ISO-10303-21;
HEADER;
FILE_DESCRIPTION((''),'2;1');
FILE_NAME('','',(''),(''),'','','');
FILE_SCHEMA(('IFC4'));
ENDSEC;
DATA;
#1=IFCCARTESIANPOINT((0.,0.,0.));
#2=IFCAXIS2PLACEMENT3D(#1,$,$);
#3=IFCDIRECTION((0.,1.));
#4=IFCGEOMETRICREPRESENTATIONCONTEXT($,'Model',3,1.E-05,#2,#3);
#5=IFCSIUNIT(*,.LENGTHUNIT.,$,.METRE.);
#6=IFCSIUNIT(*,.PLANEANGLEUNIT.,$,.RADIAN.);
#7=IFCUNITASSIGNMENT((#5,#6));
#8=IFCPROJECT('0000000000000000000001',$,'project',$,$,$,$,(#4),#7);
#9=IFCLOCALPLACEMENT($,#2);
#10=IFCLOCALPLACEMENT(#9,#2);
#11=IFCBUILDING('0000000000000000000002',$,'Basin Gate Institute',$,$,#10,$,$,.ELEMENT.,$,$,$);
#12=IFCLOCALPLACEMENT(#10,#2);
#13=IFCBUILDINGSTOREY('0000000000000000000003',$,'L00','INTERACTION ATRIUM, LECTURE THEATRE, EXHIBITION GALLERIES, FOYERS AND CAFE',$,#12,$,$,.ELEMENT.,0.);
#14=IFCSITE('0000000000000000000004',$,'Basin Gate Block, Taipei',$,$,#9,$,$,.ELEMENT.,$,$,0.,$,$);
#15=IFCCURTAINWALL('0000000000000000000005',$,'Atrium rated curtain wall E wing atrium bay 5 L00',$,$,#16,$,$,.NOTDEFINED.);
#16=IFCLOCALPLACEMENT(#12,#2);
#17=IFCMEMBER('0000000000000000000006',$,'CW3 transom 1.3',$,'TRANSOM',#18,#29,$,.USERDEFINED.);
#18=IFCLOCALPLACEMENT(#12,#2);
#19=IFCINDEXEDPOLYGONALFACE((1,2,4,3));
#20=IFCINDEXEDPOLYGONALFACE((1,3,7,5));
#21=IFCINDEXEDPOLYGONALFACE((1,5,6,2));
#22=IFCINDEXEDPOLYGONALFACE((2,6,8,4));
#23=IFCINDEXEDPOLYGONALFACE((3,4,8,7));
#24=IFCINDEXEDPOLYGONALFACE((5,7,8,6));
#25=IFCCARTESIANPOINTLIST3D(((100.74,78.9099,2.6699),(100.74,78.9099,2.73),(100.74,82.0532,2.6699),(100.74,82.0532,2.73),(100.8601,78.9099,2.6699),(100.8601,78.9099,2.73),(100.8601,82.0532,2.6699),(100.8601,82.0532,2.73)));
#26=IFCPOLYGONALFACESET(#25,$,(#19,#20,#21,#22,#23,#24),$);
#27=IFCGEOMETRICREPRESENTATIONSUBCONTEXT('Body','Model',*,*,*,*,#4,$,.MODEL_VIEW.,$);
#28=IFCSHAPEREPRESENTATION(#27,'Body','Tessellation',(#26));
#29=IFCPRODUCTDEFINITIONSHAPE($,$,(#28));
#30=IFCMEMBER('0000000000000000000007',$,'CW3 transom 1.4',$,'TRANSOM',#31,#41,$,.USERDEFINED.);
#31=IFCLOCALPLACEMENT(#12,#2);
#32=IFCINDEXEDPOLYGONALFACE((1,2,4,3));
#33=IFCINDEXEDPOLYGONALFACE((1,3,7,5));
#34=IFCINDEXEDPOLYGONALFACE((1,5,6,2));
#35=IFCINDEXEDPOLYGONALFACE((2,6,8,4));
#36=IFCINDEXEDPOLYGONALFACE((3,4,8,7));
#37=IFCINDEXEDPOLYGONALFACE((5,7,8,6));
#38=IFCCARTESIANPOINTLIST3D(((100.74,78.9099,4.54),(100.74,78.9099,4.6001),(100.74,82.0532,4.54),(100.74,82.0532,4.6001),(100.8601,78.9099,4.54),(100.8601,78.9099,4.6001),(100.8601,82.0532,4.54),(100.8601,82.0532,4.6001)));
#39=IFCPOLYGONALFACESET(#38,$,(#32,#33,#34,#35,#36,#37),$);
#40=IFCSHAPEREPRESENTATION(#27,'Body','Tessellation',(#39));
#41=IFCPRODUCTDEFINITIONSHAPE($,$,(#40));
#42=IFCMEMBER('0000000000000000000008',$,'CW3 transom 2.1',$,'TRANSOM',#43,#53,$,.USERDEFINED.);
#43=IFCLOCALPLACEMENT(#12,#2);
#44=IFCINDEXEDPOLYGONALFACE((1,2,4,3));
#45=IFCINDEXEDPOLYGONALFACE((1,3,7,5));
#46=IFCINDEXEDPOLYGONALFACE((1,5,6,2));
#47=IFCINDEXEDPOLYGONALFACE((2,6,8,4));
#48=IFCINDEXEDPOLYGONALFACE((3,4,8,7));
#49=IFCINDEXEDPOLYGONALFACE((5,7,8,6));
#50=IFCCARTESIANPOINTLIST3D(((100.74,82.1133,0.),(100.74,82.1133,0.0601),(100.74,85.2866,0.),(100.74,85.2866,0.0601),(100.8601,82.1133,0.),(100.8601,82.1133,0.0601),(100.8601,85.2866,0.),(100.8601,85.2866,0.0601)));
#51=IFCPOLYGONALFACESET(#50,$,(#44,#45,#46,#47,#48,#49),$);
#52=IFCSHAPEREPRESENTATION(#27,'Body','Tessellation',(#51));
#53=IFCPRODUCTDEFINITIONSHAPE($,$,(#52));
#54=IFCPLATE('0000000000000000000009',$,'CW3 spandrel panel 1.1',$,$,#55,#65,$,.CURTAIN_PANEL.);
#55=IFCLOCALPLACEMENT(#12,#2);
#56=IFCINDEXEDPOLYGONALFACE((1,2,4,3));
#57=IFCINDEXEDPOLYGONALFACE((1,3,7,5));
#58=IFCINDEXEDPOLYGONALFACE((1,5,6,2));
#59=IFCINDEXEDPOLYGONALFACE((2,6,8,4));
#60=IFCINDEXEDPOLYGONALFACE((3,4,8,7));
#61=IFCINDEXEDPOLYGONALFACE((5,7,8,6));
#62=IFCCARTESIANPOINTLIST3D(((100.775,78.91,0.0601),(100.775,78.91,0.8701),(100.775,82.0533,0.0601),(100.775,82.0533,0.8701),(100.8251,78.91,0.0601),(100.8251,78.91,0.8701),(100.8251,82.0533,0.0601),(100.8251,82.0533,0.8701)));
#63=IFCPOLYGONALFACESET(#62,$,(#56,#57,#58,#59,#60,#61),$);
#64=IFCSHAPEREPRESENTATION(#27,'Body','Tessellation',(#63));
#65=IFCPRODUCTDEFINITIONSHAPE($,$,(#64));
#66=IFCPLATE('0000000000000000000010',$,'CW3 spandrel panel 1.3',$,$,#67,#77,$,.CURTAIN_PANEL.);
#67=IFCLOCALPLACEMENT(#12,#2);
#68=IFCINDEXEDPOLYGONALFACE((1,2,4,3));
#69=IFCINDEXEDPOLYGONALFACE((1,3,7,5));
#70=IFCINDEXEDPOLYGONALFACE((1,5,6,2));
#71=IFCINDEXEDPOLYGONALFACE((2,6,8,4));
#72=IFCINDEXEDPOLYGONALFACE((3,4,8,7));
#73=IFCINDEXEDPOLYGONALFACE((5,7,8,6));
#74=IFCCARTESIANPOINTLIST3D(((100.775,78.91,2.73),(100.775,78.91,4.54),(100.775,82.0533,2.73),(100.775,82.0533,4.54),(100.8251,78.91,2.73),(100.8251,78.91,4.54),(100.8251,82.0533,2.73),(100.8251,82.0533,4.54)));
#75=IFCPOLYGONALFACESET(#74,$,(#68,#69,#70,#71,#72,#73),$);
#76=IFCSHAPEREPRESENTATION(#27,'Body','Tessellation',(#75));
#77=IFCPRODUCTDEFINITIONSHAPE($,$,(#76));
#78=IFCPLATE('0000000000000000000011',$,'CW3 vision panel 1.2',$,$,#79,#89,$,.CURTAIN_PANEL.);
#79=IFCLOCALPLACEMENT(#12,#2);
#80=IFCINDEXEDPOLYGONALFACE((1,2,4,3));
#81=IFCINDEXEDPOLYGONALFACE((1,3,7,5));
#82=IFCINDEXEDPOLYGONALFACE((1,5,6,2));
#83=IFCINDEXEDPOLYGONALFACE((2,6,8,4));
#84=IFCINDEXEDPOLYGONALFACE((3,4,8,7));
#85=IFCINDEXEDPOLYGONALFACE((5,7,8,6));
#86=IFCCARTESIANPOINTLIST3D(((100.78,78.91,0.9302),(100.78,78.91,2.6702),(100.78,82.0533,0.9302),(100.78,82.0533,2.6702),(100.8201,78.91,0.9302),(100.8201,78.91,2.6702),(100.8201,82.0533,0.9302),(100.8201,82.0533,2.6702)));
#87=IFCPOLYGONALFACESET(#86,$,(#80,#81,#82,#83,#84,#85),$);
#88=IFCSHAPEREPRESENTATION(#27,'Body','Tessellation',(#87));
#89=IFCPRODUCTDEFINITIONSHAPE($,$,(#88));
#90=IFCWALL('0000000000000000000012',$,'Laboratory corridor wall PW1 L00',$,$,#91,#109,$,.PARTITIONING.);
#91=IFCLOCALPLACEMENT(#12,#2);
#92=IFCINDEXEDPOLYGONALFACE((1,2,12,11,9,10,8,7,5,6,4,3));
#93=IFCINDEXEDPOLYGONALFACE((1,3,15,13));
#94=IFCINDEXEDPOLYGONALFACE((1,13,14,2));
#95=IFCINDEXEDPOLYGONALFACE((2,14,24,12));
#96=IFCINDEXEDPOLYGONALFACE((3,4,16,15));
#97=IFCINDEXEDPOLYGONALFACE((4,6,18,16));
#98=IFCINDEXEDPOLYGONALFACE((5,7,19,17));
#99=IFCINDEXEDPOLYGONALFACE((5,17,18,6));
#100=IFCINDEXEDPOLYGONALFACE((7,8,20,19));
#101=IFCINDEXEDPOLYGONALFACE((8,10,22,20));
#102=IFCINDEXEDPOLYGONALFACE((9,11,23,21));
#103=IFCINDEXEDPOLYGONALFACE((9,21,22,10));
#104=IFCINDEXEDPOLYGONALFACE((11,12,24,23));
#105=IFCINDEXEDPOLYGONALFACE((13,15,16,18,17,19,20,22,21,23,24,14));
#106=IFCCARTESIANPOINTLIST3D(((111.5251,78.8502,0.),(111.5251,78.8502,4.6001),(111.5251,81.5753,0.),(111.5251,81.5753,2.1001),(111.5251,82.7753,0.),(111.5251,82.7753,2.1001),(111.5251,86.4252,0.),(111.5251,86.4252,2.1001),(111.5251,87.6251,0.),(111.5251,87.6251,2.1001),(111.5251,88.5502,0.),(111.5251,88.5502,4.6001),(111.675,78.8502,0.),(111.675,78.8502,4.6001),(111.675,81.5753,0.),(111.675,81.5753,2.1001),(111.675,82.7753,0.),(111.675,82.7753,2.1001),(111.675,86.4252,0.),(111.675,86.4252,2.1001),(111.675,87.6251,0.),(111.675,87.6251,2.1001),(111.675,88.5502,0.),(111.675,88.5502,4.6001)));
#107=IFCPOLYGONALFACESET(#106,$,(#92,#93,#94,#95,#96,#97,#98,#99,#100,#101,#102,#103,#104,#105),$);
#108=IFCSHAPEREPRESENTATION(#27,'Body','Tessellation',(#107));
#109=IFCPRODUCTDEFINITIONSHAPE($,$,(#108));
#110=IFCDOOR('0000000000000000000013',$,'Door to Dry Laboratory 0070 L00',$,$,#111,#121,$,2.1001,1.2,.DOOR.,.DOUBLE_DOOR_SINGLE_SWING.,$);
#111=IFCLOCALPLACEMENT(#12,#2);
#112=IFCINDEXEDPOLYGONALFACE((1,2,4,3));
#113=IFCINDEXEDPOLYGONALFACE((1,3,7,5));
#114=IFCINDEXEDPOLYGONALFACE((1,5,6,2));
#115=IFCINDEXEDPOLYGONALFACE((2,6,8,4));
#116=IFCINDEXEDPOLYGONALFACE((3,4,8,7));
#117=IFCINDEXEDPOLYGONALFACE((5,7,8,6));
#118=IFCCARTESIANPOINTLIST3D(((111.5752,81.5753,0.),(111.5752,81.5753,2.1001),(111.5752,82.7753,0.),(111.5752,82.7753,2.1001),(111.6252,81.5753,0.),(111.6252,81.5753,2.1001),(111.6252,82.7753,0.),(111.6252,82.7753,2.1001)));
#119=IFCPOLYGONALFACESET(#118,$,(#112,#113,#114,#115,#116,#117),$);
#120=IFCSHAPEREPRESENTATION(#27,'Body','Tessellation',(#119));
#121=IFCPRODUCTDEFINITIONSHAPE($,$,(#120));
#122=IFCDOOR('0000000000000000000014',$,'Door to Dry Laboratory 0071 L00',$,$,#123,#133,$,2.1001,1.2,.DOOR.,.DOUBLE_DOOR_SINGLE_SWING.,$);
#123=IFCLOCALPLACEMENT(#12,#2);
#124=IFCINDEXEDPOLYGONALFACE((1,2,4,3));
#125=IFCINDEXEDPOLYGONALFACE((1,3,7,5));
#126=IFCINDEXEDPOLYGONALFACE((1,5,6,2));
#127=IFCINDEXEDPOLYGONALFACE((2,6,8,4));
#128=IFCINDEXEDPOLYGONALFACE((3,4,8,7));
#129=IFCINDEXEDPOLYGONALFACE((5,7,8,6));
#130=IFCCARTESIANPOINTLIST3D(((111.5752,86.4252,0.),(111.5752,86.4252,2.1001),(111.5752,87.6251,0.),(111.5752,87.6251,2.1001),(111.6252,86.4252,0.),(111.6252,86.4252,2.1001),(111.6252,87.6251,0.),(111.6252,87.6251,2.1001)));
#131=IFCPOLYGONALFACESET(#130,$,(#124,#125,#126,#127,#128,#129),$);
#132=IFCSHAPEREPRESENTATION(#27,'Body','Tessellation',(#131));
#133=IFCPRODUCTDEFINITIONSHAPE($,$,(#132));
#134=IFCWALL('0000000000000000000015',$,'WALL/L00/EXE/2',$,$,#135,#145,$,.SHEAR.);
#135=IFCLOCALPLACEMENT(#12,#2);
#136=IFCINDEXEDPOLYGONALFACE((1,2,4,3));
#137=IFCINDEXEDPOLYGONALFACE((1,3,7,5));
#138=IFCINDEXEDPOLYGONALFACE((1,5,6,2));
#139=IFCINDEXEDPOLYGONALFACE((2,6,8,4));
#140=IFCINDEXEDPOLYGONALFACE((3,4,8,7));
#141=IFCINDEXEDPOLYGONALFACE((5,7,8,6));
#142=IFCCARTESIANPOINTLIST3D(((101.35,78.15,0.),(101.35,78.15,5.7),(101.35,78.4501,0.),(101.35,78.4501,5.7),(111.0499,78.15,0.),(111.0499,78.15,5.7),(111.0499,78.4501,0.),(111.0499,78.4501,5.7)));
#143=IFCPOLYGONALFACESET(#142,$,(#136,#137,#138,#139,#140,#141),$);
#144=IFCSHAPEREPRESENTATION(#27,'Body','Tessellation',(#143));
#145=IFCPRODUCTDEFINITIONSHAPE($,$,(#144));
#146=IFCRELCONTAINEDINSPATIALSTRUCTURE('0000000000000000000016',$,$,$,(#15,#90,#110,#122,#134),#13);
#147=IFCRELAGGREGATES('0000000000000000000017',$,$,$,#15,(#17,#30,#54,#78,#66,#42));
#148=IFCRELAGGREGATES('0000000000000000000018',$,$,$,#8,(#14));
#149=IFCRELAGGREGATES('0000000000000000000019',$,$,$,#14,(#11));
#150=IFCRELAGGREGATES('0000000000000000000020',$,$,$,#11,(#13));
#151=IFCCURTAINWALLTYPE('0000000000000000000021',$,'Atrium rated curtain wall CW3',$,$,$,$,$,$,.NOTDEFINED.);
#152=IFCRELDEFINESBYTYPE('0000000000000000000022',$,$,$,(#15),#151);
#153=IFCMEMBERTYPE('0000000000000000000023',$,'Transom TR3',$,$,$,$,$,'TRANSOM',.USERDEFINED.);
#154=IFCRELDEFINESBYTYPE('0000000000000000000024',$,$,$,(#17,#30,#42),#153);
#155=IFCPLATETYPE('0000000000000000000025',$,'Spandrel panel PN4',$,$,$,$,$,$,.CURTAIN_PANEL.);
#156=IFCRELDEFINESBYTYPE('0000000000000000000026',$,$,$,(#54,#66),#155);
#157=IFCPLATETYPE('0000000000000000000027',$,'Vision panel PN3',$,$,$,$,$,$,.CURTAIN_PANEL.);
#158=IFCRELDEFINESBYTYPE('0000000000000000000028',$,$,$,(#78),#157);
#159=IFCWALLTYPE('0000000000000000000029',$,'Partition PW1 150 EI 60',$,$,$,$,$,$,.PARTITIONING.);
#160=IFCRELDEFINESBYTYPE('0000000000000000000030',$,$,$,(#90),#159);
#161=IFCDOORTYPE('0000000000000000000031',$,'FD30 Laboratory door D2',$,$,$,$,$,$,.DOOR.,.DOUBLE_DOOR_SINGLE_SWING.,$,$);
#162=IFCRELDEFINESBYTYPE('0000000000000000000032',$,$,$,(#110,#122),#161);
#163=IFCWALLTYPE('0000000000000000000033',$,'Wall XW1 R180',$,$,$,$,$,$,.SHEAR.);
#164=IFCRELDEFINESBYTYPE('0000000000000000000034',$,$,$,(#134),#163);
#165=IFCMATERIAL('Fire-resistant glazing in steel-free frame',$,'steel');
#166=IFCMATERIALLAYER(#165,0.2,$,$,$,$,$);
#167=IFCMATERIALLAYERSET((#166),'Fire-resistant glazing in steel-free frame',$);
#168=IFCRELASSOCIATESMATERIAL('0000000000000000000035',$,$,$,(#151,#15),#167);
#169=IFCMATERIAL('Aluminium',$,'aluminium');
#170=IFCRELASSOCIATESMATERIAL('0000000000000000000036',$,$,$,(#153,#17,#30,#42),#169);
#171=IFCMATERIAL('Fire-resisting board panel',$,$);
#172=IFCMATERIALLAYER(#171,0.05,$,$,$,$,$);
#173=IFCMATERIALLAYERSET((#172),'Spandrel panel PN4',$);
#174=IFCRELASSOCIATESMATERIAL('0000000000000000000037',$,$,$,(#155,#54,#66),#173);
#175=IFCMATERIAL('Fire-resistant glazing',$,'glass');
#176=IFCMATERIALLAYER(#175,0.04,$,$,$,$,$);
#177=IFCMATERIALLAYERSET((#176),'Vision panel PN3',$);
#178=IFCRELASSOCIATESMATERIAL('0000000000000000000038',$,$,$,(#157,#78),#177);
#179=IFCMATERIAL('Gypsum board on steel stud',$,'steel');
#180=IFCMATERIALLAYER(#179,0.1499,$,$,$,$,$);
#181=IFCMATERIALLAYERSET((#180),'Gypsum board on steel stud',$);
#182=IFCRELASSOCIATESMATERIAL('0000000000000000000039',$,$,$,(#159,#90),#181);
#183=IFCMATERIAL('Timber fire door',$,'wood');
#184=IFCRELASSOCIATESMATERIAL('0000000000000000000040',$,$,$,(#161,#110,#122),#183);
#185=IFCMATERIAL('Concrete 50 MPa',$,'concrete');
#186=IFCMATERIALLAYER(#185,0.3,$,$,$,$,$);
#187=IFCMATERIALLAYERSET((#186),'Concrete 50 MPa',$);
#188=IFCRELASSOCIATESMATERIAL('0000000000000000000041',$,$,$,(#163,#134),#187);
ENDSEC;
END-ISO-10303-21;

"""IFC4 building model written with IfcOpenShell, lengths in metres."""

from ifc_helpers import new_model, si_unit, direction, frame, frame_2d, origin, origin_2d, place, context, subcontext, project, spatial, rectangle, extrude, material, layer, layer_set, material_profile, profile_set, type_object, element, fill, aggregate, save


model = new_model("IFC4")

# Units and contexts
model_context = context("Model", 3, precision=1e-05, world=origin(), true_north=direction((0.0, 1.0)))
body_context = subcontext(model_context, "Body", "Model", "MODEL_VIEW")
ifc_project = project(units=[si_unit("LENGTHUNIT", "METRE"), si_unit("PLANEANGLEUNIT", "RADIAN")], contexts=[model_context])

# Site, building, storey
site_placement = place(None, origin())
site = spatial("IfcSite", under=ifc_project, at=site_placement, Name="Basin Gate Block, Taipei", CompositionType="ELEMENT", RefElevation=0.0)
building_placement = place(site_placement, origin())
building = spatial("IfcBuilding", under=site, at=building_placement, Name="Basin Gate Institute", CompositionType="ELEMENT")
storey_placement = place(building_placement, origin())
storey = spatial("IfcBuildingStorey", under=building, at=storey_placement, Name="L00", Description="INTERACTION ATRIUM, LECTURE THEATRE, EXHIBITION GALLERIES, FOYERS AND CAFE", CompositionType="ELEMENT", Elevation=0.0)

# Curtain wall
ifc_material_1 = material(Name="Fire-resistant glazing in steel-free frame", Category="steel")
ifc_layer_1 = layer(ifc_material_1, 0.2)
ifc_layer_set_1 = layer_set([ifc_layer_1], Name="Fire-resistant glazing in steel-free frame")
curtain_wall_type = type_object("IfcCurtainWallType", Name="Atrium rated curtain wall CW3", PredefinedType="NOTDEFINED", material=ifc_layer_set_1)
curtain_wall_placement = place(storey_placement, origin())
curtain_wall = element("IfcCurtainWall", 1, at=curtain_wall_placement, inside=storey, type_object=curtain_wall_type, material=ifc_layer_set_1, Name="Atrium rated curtain wall E wing atrium bay 5 L00", PredefinedType="NOTDEFINED")

# Members
ifc_material_2 = material(Name="Aluminium", Category="aluminium")
ifc_material_profile_1 = material_profile(ifc_material_2, rectangle(XDim=0.1201, YDim=0.0601, at=origin_2d()), Name="Transom TR3 120 x 60")
ifc_profile_set_1 = profile_set([ifc_material_profile_1], Name="Aluminium")
member_type_1 = type_object("IfcMemberType", Name="Transom TR3", ElementType="TRANSOM", PredefinedType="USERDEFINED", material=ifc_profile_set_1)
member_1_placement = place(storey_placement, frame((100.8, 78.9099, 2.7), z_axis=(0.0, 1.0, 0.0), x_axis=(-1.0, 0.0, 0.0)))
member_1 = element("IfcMember", 2, at=member_1_placement, type_object=member_type_1, material=ifc_profile_set_1, Name="CW3 transom 1.3", ObjectType="TRANSOM", PredefinedType="USERDEFINED", context=body_context, shape_type="SweptSolid", body=[
    extrude(rectangle(XDim=0.1201, YDim=0.0601, at=origin_2d()), origin(), (0.0, 0.0, 1.0), 3.1433),
])
member_2_placement = place(storey_placement, frame((100.8, 78.9099, 4.5701), z_axis=(0.0, 1.0, 0.0), x_axis=(-1.0, 0.0, 0.0)))
member_2 = element("IfcMember", 3, at=member_2_placement, type_object=member_type_1, material=ifc_profile_set_1, Name="CW3 transom 1.4", ObjectType="TRANSOM", PredefinedType="USERDEFINED", context=body_context, shape_type="SweptSolid", body=[
    extrude(rectangle(XDim=0.1201, YDim=0.0601, at=origin_2d()), origin(), (0.0, 0.0, 1.0), 3.1433),
])
member_3_placement = place(storey_placement, frame((100.8, 82.1133, 0.03), z_axis=(0.0, 1.0, 0.0), x_axis=(-1.0, 0.0, 0.0)))
member_3 = element("IfcMember", 4, at=member_3_placement, type_object=member_type_1, material=ifc_profile_set_1, Name="CW3 transom 2.1", ObjectType="TRANSOM", PredefinedType="USERDEFINED", context=body_context, shape_type="SweptSolid", body=[
    extrude(rectangle(XDim=0.1201, YDim=0.0601, at=origin_2d()), origin(), (0.0, 0.0, 1.0), 3.1733),
])

# Plates
ifc_material_3 = material(Name="Fire-resisting board panel")
ifc_layer_2 = layer(ifc_material_3, 0.05)
ifc_layer_set_2 = layer_set([ifc_layer_2], Name="Spandrel panel PN4")
plate_type_1 = type_object("IfcPlateType", Name="Spandrel panel PN4", PredefinedType="CURTAIN_PANEL", material=ifc_layer_set_2)
plate_1_placement = place(storey_placement, frame((100.8, 80.4817, 0.0601), z_axis=(0.0, 0.0, 1.0), x_axis=(0.0, 1.0, 0.0)))
plate_1 = element("IfcPlate", 5, at=plate_1_placement, type_object=plate_type_1, material=ifc_layer_set_2, Name="CW3 spandrel panel 1.1", PredefinedType="CURTAIN_PANEL", context=body_context, shape_type="SweptSolid", body=[
    extrude(rectangle(XDim=3.1433, YDim=0.05, at=origin_2d()), origin(), (0.0, 0.0, 1.0), 0.8101),
])
plate_2_placement = place(storey_placement, frame((100.8, 80.4817, 2.73), z_axis=(0.0, 0.0, 1.0), x_axis=(0.0, 1.0, 0.0)))
plate_2 = element("IfcPlate", 6, at=plate_2_placement, type_object=plate_type_1, material=ifc_layer_set_2, Name="CW3 spandrel panel 1.3", PredefinedType="CURTAIN_PANEL", context=body_context, shape_type="SweptSolid", body=[
    extrude(rectangle(XDim=3.1433, YDim=0.05, at=origin_2d()), origin(), (0.0, 0.0, 1.0), 1.8101),
])
ifc_material_4 = material(Name="Fire-resistant glazing", Category="glass")
ifc_layer_3 = layer(ifc_material_4, 0.04)
ifc_layer_set_3 = layer_set([ifc_layer_3], Name="Vision panel PN3")
plate_type_2 = type_object("IfcPlateType", Name="Vision panel PN3", PredefinedType="CURTAIN_PANEL", material=ifc_layer_set_3)
plate_3_placement = place(storey_placement, frame((100.8, 80.4817, 0.9302), z_axis=(0.0, 0.0, 1.0), x_axis=(0.0, 1.0, 0.0)))
plate_3 = element("IfcPlate", 7, at=plate_3_placement, type_object=plate_type_2, material=ifc_layer_set_3, Name="CW3 vision panel 1.2", PredefinedType="CURTAIN_PANEL", context=body_context, shape_type="SweptSolid", body=[
    extrude(rectangle(XDim=3.1433, YDim=0.04, at=origin_2d()), origin(), (0.0, 0.0, 1.0), 1.74),
])
aggregate(curtain_wall, [member_1, member_2, plate_1, plate_3, plate_2, member_3])

# Wall, openings, doors
ifc_material_5 = material(Name="Gypsum board on steel stud", Category="steel")
ifc_layer_4 = layer(ifc_material_5, 0.1499)
ifc_layer_set_4 = layer_set([ifc_layer_4], Name="Gypsum board on steel stud")
wall_type_1 = type_object("IfcWallType", Name="Partition PW1 150 EI 60", PredefinedType="PARTITIONING", material=ifc_layer_set_4)
wall_1_placement = place(storey_placement, frame((111.6001, 78.8501, 0.0), z_axis=(0.0, 0.0, 1.0), x_axis=(0.0, 1.0, 0.0)))
wall_1 = element("IfcWall", 8, at=wall_1_placement, inside=storey, type_object=wall_type_1, material=ifc_layer_set_4, Name="Laboratory corridor wall PW1 L00", PredefinedType="PARTITIONING", context=body_context, shape_type="SweptSolid", body=[
    extrude(rectangle(XDim=9.7, YDim=0.1499, at=frame_2d((4.8501, 0.0))), origin(), (0.0, 0.0, 1.0), 4.6001),
])
opening_1_placement = place(wall_1_placement, frame((2.7251, 0.0, 0.0)))
opening_1 = element("IfcOpeningElement", 9, at=opening_1_placement, cuts=wall_1, PredefinedType="OPENING", context=body_context, shape_type="SweptSolid", body=[
    extrude(rectangle(XDim=1.2, YDim=2.1001, at=frame_2d((0.6001, 1.05))), frame((0.0, 0.085, 0.0), z_axis=(0.0, -1.0, 0.0), x_axis=(1.0, 0.0, 0.0)), (0.0, 0.0, 1.0), 0.1699),
])
opening_2_placement = place(wall_1_placement, frame((7.575, 0.0, 0.0)))
opening_2 = element("IfcOpeningElement", 10, at=opening_2_placement, cuts=wall_1, PredefinedType="OPENING", context=body_context, shape_type="SweptSolid", body=[
    extrude(rectangle(XDim=1.2, YDim=2.1001, at=frame_2d((0.6001, 1.05))), frame((0.0, 0.085, 0.0), z_axis=(0.0, -1.0, 0.0), x_axis=(1.0, 0.0, 0.0)), (0.0, 0.0, 1.0), 0.1699),
])
ifc_material_6 = material(Name="Timber fire door", Category="wood")
door_type = type_object("IfcDoorType", Name="FD30 Laboratory door D2", OperationType="DOUBLE_DOOR_SINGLE_SWING", PredefinedType="DOOR", material=ifc_material_6)
door_1_placement = place(opening_1_placement, origin())
door_1 = element("IfcDoor", 11, at=door_1_placement, inside=storey, type_object=door_type, material=ifc_material_6, Name="Door to Dry Laboratory 0070 L00", OperationType="DOUBLE_DOOR_SINGLE_SWING", OverallHeight=2.1001, OverallWidth=1.2, PredefinedType="DOOR", context=body_context, shape_type="SweptSolid", body=[
    extrude(rectangle(XDim=1.2, YDim=2.1001, at=frame_2d((0.6001, 1.05))), frame((0.0, 0.0249, 0.0), z_axis=(0.0, -1.0, 0.0), x_axis=(1.0, 0.0, 0.0)), (0.0, 0.0, 1.0), 0.05),
])
fill(opening_1, door_1)
door_2_placement = place(opening_2_placement, origin())
door_2 = element("IfcDoor", 12, at=door_2_placement, inside=storey, type_object=door_type, material=ifc_material_6, Name="Door to Dry Laboratory 0071 L00", OperationType="DOUBLE_DOOR_SINGLE_SWING", OverallHeight=2.1001, OverallWidth=1.2, PredefinedType="DOOR", context=body_context, shape_type="SweptSolid", body=[
    extrude(rectangle(XDim=1.2, YDim=2.1001, at=frame_2d((0.6001, 1.05))), frame((0.0, 0.0249, 0.0), z_axis=(0.0, -1.0, 0.0), x_axis=(1.0, 0.0, 0.0)), (0.0, 0.0, 1.0), 0.05),
])
fill(opening_2, door_2)

# Wall
ifc_material_7 = material(Name="Concrete 50 MPa", Category="concrete")
ifc_layer_5 = layer(ifc_material_7, 0.3)
ifc_layer_set_5 = layer_set([ifc_layer_5], Name="Concrete 50 MPa")
wall_type_2 = type_object("IfcWallType", Name="Wall XW1 R180", PredefinedType="SHEAR", material=ifc_layer_set_5)
wall_2_placement = place(storey_placement, frame((111.05, 78.3, 0.0), z_axis=(0.0, 0.0, 1.0), x_axis=(-1.0, 0.0, 0.0)))
element("IfcWall", 13, at=wall_2_placement, inside=storey, type_object=wall_type_2, material=ifc_layer_set_5, Name="WALL/L00/EXE/2", PredefinedType="SHEAR", context=body_context, shape_type="SweptSolid", body=[
    extrude(rectangle(XDim=9.7, YDim=0.3, at=frame_2d((4.8501, 0.0))), origin(), (0.0, 0.0, 1.0), 5.7),
])

save(model, "model.ifc")
